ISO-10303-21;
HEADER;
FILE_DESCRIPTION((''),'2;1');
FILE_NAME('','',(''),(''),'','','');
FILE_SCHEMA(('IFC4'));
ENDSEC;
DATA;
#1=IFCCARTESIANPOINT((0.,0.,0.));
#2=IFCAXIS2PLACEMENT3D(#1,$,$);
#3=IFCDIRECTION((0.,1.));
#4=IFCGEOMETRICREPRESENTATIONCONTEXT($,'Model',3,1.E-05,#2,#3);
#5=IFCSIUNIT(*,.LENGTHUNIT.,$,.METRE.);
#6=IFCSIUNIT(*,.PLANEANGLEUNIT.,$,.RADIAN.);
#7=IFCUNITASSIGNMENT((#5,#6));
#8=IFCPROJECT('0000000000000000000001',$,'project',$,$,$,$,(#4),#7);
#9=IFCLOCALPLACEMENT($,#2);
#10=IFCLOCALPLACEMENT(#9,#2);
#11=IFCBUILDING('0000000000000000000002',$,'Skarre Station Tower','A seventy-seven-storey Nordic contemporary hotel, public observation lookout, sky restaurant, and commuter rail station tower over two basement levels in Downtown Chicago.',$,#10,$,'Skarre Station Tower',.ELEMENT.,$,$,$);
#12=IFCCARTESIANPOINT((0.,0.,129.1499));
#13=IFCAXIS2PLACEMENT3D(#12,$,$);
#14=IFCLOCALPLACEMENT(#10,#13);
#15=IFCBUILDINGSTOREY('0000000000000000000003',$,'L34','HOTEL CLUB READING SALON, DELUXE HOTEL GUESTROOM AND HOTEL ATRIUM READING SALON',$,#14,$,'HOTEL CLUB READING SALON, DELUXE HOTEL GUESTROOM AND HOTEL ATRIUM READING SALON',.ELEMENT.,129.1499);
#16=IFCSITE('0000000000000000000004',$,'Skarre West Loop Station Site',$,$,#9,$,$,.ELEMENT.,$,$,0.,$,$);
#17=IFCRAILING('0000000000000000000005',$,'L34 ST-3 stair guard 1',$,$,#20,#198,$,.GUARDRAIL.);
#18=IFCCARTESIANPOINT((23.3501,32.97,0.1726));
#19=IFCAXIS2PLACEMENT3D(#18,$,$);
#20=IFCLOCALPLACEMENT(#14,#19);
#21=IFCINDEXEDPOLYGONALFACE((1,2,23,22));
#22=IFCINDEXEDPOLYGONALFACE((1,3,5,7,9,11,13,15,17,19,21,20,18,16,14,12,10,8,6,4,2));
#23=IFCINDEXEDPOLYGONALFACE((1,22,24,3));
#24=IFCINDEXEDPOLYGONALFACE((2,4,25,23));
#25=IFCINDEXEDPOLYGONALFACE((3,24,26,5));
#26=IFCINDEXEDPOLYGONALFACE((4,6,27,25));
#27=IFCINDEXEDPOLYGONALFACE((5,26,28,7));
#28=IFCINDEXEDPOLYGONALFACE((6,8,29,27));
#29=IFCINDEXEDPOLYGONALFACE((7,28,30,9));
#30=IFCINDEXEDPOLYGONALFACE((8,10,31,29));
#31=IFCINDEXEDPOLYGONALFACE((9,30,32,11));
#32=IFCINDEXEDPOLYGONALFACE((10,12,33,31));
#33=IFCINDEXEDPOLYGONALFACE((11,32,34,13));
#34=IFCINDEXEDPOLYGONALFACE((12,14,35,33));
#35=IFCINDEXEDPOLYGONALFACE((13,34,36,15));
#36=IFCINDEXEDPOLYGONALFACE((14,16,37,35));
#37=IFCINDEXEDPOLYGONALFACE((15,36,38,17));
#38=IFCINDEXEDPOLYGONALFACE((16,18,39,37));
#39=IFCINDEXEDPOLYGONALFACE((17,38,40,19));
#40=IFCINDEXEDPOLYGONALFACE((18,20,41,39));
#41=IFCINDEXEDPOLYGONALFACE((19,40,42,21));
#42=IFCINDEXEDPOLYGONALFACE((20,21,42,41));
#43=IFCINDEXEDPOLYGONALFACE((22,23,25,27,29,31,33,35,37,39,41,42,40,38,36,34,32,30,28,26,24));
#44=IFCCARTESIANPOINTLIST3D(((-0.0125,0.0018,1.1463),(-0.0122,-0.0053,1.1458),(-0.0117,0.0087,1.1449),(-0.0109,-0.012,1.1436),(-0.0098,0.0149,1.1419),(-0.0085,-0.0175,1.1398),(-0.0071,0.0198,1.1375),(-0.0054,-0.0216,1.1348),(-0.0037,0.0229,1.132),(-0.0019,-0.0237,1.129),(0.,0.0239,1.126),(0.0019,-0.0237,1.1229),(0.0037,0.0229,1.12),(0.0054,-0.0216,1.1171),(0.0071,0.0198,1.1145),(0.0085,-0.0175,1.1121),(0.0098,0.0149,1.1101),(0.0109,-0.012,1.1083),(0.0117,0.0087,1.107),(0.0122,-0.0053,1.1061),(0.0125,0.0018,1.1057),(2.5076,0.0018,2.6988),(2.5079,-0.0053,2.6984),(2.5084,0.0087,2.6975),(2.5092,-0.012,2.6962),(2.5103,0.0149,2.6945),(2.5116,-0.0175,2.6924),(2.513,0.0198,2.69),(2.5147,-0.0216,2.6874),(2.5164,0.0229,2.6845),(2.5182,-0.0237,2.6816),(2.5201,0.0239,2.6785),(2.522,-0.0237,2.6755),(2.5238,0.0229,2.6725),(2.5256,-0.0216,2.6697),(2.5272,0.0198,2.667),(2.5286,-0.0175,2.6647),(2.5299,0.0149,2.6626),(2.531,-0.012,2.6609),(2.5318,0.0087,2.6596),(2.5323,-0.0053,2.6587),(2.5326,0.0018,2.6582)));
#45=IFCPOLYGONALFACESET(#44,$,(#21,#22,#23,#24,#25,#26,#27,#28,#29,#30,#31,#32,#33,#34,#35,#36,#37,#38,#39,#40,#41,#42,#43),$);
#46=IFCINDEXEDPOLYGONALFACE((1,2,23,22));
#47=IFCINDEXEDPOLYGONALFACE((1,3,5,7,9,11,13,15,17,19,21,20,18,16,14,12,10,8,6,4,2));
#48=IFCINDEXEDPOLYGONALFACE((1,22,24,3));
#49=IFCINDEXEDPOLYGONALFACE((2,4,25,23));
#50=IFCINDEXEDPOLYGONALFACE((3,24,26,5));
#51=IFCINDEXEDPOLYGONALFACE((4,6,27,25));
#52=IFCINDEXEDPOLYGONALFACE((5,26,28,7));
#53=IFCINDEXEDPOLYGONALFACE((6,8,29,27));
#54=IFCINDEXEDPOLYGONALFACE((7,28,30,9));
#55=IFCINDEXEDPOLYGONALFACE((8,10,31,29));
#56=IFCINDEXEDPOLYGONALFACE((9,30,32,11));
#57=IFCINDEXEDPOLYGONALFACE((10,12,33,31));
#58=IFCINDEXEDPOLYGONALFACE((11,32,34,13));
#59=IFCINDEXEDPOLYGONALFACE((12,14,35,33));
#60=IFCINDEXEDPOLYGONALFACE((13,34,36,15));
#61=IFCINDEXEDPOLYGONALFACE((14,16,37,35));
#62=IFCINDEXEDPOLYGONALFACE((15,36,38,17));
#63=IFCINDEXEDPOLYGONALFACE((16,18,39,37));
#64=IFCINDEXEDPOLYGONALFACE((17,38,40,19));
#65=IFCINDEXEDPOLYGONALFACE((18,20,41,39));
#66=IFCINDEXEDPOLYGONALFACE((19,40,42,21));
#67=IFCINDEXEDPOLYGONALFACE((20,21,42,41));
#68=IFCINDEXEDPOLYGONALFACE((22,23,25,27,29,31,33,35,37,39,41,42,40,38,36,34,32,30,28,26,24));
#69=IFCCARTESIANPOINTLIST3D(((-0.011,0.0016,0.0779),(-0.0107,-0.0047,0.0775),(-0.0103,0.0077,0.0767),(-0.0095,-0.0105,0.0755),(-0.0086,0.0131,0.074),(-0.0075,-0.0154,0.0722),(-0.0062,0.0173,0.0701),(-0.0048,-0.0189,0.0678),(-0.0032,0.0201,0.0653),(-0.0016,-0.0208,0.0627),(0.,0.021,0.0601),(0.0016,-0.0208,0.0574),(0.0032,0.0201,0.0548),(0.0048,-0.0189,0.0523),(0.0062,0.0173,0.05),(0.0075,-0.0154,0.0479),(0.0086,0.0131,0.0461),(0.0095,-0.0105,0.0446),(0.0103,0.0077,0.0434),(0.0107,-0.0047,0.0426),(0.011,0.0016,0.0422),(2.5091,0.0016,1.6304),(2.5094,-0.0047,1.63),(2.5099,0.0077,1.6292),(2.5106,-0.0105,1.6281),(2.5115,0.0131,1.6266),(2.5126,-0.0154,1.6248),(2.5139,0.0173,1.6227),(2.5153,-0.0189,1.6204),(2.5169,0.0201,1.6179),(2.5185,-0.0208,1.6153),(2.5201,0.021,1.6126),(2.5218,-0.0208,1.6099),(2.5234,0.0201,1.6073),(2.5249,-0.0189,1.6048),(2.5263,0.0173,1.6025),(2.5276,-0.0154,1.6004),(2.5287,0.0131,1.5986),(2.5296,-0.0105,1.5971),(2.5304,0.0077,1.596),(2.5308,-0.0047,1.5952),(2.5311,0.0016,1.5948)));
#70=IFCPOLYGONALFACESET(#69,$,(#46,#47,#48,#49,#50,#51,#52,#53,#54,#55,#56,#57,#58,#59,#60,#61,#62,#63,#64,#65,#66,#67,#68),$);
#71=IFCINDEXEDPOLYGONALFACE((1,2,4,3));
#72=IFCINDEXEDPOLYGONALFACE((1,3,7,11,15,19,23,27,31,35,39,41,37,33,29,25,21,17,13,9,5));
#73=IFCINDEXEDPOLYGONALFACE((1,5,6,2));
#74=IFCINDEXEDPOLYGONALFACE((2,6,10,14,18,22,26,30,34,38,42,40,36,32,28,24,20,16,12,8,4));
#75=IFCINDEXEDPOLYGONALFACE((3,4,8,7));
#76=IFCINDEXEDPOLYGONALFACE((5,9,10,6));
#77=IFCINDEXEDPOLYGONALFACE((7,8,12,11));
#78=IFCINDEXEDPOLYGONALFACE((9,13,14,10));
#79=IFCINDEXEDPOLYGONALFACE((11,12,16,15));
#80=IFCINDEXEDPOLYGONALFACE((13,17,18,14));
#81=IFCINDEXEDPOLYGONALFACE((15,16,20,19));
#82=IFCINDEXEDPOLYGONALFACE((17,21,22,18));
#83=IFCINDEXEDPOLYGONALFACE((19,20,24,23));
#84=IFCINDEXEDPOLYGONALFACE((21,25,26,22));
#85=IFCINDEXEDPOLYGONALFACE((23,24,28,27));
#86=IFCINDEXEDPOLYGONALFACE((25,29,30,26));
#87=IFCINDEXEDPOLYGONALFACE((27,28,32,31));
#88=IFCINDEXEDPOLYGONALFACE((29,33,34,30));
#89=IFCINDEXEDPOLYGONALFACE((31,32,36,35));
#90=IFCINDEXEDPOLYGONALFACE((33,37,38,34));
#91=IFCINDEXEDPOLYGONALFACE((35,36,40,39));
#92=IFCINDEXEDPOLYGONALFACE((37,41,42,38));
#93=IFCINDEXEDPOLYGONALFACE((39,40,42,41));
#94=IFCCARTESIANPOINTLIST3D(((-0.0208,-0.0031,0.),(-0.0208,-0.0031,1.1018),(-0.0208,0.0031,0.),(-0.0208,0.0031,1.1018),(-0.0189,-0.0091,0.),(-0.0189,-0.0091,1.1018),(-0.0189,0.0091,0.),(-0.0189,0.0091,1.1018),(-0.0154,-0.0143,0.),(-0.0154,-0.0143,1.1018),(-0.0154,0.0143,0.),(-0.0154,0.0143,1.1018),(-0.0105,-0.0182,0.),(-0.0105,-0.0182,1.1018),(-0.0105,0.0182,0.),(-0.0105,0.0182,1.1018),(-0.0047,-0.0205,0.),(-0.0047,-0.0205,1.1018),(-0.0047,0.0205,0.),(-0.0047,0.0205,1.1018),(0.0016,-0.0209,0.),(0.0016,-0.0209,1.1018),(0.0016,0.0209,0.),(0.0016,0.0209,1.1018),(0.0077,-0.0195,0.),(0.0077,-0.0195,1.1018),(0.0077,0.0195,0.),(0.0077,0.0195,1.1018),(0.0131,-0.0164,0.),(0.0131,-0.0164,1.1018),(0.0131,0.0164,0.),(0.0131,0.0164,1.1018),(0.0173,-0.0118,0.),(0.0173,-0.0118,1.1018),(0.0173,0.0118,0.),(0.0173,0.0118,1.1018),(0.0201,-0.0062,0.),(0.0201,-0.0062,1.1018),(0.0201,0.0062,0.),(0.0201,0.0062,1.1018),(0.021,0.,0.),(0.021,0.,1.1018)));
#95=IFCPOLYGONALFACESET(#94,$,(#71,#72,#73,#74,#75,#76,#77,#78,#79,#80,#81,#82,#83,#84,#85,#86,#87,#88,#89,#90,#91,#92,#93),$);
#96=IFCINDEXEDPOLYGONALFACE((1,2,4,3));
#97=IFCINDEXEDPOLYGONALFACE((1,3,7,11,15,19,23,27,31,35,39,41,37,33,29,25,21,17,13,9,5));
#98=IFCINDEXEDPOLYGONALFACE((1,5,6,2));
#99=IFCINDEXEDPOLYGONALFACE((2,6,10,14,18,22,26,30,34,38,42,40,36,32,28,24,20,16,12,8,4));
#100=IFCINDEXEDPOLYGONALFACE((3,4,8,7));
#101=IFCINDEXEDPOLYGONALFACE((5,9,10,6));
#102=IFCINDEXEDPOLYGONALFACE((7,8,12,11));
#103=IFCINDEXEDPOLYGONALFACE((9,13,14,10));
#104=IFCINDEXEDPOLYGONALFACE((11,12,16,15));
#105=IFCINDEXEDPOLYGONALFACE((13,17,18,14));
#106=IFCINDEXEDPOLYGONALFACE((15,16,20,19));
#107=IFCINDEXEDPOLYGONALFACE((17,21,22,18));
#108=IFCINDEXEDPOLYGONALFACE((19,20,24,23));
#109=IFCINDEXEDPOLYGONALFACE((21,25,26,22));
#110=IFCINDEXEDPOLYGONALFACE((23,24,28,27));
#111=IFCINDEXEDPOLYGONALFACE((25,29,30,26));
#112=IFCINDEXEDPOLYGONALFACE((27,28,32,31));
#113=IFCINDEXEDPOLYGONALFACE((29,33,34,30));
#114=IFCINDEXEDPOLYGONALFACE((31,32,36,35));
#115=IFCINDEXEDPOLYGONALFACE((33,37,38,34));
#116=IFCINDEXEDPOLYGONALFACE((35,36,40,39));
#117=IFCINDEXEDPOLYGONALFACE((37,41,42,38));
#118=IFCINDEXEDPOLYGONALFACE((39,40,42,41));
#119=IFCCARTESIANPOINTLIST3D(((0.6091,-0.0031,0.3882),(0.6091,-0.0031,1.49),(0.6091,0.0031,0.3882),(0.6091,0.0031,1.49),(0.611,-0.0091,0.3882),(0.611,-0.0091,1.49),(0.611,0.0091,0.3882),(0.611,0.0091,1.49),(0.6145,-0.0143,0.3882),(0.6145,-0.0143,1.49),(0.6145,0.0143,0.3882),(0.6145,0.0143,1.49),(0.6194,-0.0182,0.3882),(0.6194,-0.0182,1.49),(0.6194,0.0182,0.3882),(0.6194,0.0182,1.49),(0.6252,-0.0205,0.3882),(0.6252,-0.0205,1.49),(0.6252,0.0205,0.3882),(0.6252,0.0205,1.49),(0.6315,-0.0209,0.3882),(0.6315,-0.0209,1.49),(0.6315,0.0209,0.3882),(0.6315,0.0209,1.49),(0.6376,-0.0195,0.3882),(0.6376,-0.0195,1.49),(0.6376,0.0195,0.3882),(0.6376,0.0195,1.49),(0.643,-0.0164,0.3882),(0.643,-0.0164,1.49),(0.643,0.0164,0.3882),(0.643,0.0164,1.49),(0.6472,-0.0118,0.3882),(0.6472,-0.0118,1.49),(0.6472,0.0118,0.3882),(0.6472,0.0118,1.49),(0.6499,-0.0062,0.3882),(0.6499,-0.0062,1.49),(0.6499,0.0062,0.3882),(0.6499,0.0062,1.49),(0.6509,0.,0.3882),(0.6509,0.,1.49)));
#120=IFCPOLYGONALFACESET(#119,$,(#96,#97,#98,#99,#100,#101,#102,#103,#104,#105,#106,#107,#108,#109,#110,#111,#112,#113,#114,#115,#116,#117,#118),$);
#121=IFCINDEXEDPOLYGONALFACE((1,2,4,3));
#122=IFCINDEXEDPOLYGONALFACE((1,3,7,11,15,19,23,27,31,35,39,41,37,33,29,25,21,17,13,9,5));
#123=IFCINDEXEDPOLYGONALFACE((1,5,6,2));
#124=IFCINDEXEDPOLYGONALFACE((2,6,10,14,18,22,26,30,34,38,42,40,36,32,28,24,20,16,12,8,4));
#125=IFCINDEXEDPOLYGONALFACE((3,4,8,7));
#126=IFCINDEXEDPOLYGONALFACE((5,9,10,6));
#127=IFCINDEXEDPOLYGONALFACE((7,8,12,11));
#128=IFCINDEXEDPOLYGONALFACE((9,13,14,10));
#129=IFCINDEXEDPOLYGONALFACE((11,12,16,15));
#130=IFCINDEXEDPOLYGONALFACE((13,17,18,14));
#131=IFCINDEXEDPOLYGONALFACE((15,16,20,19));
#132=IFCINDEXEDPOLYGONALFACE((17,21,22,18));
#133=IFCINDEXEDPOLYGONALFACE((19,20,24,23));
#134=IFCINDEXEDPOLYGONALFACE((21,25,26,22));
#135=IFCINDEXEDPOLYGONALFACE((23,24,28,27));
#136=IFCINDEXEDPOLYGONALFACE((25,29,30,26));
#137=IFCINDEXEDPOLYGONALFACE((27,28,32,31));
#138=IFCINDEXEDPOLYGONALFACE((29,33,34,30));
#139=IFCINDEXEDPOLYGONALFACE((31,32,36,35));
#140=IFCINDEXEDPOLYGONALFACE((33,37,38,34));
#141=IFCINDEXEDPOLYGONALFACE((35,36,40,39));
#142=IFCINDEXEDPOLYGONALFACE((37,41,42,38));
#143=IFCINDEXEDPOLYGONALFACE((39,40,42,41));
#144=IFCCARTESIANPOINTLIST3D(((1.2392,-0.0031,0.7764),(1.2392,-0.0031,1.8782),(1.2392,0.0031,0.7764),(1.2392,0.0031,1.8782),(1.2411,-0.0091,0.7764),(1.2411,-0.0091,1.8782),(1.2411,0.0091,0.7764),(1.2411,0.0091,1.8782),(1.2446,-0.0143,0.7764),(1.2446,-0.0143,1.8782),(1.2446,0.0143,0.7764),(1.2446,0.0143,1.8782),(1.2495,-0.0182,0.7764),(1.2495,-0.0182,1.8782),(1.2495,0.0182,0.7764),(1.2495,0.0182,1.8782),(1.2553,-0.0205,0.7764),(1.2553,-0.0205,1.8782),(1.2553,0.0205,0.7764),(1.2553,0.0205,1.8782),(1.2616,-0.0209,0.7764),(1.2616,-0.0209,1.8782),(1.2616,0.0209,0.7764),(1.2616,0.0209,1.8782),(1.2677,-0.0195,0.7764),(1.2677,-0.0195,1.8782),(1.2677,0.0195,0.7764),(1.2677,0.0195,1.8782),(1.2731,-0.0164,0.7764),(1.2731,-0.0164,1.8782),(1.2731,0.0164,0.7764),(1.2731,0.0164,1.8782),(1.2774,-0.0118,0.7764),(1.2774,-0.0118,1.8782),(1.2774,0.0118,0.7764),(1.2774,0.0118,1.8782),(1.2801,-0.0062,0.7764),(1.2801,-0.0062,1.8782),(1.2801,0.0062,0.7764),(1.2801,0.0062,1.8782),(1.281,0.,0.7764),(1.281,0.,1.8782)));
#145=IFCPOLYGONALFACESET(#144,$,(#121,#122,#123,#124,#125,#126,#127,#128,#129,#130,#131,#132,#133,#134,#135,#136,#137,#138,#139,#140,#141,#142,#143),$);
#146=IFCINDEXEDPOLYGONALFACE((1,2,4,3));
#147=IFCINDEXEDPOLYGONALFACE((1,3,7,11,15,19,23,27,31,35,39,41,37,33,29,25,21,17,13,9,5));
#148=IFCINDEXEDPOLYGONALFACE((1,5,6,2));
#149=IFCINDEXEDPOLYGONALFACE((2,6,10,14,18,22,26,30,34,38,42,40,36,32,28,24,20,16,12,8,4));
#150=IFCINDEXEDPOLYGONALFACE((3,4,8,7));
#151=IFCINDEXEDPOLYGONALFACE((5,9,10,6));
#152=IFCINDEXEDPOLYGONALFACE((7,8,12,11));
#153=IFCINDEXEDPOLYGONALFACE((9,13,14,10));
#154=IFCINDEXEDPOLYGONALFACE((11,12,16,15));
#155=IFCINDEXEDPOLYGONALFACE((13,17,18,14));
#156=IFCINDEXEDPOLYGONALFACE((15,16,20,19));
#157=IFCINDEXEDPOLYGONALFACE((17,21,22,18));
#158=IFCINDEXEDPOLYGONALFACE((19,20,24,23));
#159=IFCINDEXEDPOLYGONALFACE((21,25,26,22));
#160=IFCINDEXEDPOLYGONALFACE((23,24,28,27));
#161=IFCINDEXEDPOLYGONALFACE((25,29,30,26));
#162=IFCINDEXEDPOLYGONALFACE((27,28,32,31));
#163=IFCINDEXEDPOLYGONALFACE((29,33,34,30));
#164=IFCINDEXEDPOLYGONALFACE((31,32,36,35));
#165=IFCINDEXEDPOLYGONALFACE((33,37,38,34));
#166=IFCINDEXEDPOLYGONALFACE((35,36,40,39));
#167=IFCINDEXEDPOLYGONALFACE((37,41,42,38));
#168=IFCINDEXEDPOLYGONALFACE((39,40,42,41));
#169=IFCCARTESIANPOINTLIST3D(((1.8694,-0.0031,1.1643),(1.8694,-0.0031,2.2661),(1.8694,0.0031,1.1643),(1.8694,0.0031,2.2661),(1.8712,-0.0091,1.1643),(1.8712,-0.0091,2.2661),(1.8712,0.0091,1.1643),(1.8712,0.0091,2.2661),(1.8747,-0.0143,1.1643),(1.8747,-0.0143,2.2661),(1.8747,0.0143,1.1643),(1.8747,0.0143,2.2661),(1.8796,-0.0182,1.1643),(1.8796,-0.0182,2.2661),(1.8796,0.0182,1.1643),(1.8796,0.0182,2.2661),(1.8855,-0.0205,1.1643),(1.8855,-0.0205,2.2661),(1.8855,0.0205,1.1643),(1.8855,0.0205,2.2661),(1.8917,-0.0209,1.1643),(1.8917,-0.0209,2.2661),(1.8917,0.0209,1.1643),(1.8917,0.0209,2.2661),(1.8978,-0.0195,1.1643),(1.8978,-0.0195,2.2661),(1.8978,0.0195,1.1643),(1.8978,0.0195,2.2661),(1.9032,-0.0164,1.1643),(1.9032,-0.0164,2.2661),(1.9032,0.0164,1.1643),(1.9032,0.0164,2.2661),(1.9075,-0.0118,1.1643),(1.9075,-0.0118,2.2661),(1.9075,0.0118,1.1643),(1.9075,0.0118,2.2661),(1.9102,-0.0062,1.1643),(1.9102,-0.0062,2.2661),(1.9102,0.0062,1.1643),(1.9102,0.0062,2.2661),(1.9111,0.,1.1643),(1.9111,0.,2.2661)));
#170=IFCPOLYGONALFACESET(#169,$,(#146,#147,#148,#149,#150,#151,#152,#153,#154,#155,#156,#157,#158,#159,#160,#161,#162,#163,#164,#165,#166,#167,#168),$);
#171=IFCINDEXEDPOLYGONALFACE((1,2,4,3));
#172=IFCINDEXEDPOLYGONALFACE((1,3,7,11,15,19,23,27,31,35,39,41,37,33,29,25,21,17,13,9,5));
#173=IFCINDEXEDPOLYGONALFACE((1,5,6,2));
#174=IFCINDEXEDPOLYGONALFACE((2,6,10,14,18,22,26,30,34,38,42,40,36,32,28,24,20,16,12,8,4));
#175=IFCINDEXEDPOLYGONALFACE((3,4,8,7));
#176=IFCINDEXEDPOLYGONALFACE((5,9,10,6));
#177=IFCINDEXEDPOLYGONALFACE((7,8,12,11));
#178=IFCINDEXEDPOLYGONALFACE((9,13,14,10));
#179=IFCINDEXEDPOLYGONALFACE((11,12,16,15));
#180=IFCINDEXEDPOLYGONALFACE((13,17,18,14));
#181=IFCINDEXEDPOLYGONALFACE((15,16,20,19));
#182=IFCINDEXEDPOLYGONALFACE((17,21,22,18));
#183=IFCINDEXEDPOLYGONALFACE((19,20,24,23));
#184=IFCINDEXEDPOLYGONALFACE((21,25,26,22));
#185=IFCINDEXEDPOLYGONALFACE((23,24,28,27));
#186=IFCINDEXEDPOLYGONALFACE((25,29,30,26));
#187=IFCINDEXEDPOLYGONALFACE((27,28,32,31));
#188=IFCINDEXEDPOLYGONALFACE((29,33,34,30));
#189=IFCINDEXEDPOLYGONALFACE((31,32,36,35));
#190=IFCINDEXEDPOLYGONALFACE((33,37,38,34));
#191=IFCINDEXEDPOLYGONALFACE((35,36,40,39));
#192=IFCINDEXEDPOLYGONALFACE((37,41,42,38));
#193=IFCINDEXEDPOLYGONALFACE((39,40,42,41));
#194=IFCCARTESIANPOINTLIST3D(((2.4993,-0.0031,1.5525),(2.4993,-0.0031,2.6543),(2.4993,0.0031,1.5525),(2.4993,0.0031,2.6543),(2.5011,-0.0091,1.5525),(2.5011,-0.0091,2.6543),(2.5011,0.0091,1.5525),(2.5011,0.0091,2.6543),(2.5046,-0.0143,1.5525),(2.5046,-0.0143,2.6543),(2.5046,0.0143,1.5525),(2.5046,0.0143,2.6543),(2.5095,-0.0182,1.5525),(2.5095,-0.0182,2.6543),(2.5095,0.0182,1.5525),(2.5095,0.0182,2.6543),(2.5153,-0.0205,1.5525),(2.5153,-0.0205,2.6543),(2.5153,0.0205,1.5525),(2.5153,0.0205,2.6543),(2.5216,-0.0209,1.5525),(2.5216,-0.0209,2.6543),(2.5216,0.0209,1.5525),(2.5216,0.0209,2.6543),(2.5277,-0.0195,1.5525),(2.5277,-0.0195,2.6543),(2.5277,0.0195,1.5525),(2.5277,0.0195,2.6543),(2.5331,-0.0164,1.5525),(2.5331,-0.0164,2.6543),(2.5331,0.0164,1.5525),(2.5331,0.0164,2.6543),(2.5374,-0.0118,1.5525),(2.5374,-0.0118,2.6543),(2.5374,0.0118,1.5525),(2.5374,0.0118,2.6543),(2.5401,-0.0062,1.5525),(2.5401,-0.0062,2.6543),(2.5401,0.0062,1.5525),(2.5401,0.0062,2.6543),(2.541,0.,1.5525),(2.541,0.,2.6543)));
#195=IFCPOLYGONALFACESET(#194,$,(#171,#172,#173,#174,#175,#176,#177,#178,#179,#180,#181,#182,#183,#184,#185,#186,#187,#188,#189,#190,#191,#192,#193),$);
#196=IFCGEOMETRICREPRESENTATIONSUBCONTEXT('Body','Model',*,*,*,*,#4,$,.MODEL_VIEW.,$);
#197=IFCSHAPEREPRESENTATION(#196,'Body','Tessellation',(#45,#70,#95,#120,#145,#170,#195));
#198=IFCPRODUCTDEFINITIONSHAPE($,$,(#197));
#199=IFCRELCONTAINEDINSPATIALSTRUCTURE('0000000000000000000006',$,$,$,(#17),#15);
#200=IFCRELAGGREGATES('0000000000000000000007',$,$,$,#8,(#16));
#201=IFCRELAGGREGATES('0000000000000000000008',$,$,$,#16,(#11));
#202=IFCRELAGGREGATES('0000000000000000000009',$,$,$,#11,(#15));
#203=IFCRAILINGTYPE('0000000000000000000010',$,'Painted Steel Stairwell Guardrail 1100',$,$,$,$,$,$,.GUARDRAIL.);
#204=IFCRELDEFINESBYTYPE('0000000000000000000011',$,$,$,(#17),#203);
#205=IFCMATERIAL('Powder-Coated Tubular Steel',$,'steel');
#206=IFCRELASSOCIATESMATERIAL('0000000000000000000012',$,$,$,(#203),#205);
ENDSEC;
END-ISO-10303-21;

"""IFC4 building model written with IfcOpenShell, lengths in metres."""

from ifc_helpers import new_model, si_unit, direction, frame, origin, origin_2d, place, context, subcontext, project, spatial, circle, extrude, material, type_object, element, save


model = new_model("IFC4")

# Units and contexts
model_context = context("Model", 3, precision=1e-05, world=origin(), true_north=direction((0.0, 1.0)))
body_context = subcontext(model_context, "Body", "Model", "MODEL_VIEW")
ifc_project = project(units=[si_unit("LENGTHUNIT", "METRE"), si_unit("PLANEANGLEUNIT", "RADIAN")], contexts=[model_context])

# Site, building, storey
site_placement = place(None, origin())
site = spatial("IfcSite", under=ifc_project, at=site_placement, Name="Skarre West Loop Station Site", CompositionType="ELEMENT", RefElevation=0.0)
building_placement = place(site_placement, origin())
building = spatial("IfcBuilding", under=site, at=building_placement, Name="Skarre Station Tower", Description="A seventy-seven-storey Nordic contemporary hotel, public observation lookout, sky restaurant, and commuter rail station tower over two basement levels in Downtown Chicago.", LongName="Skarre Station Tower", CompositionType="ELEMENT")
storey_placement = place(building_placement, frame((0.0, 0.0, 129.1499)))
storey = spatial("IfcBuildingStorey", under=building, at=storey_placement, Name="L34", Description="HOTEL CLUB READING SALON, DELUXE HOTEL GUESTROOM AND HOTEL ATRIUM READING SALON", LongName="HOTEL CLUB READING SALON, DELUXE HOTEL GUESTROOM AND HOTEL ATRIUM READING SALON", CompositionType="ELEMENT", Elevation=129.1499)

# Railing
ifc_material_1 = material(Name="Powder-Coated Tubular Steel", Category="steel")
railing_type_1 = type_object("IfcRailingType", Name="Painted Steel Stairwell Guardrail 1100", PredefinedType="GUARDRAIL", material=ifc_material_1)
railing_1_placement = place(storey_placement, frame((23.3501, 32.97, 0.1726)))
element("IfcRailing", 1, at=railing_1_placement, inside=storey, type_object=railing_type_1, Name="L34 ST-3 stair guard 1", PredefinedType="GUARDRAIL", context=body_context, shape_type="SweptSolid", body=[
    extrude(circle(Radius=0.0239, at=origin_2d()), frame((0.0, 0.0, 1.126), z_axis=(0.8514, 0.0, 0.524516), x_axis=(0.0, 1.0, 0.0)), (0.0, 0.0, 1.0), 2.96),
    extrude(circle(Radius=0.021, at=origin_2d()), frame((0.0, 0.0, 0.0601), z_axis=(0.8514, 0.0, 0.524516), x_axis=(0.0, 1.0, 0.0)), (0.0, 0.0, 1.0), 2.96),
    extrude(circle(Radius=0.021, at=origin_2d()), origin(), (0.0, 0.0, 1.0), 1.1018),
    extrude(circle(Radius=0.021, at=origin_2d()), frame((0.6299, 0.0, 0.3882)), (0.0, 0.0, 1.0), 1.1018),
    extrude(circle(Radius=0.021, at=origin_2d()), frame((1.26, 0.0, 0.7764)), (0.0, 0.0, 1.0), 1.1018),
    extrude(circle(Radius=0.021, at=origin_2d()), frame((1.8901, 0.0, 1.1643)), (0.0, 0.0, 1.0), 1.1018),
    extrude(circle(Radius=0.021, at=origin_2d()), frame((2.52, 0.0, 1.5525)), (0.0, 0.0, 1.0), 1.1018),
])

save(model, "model.ifc")
